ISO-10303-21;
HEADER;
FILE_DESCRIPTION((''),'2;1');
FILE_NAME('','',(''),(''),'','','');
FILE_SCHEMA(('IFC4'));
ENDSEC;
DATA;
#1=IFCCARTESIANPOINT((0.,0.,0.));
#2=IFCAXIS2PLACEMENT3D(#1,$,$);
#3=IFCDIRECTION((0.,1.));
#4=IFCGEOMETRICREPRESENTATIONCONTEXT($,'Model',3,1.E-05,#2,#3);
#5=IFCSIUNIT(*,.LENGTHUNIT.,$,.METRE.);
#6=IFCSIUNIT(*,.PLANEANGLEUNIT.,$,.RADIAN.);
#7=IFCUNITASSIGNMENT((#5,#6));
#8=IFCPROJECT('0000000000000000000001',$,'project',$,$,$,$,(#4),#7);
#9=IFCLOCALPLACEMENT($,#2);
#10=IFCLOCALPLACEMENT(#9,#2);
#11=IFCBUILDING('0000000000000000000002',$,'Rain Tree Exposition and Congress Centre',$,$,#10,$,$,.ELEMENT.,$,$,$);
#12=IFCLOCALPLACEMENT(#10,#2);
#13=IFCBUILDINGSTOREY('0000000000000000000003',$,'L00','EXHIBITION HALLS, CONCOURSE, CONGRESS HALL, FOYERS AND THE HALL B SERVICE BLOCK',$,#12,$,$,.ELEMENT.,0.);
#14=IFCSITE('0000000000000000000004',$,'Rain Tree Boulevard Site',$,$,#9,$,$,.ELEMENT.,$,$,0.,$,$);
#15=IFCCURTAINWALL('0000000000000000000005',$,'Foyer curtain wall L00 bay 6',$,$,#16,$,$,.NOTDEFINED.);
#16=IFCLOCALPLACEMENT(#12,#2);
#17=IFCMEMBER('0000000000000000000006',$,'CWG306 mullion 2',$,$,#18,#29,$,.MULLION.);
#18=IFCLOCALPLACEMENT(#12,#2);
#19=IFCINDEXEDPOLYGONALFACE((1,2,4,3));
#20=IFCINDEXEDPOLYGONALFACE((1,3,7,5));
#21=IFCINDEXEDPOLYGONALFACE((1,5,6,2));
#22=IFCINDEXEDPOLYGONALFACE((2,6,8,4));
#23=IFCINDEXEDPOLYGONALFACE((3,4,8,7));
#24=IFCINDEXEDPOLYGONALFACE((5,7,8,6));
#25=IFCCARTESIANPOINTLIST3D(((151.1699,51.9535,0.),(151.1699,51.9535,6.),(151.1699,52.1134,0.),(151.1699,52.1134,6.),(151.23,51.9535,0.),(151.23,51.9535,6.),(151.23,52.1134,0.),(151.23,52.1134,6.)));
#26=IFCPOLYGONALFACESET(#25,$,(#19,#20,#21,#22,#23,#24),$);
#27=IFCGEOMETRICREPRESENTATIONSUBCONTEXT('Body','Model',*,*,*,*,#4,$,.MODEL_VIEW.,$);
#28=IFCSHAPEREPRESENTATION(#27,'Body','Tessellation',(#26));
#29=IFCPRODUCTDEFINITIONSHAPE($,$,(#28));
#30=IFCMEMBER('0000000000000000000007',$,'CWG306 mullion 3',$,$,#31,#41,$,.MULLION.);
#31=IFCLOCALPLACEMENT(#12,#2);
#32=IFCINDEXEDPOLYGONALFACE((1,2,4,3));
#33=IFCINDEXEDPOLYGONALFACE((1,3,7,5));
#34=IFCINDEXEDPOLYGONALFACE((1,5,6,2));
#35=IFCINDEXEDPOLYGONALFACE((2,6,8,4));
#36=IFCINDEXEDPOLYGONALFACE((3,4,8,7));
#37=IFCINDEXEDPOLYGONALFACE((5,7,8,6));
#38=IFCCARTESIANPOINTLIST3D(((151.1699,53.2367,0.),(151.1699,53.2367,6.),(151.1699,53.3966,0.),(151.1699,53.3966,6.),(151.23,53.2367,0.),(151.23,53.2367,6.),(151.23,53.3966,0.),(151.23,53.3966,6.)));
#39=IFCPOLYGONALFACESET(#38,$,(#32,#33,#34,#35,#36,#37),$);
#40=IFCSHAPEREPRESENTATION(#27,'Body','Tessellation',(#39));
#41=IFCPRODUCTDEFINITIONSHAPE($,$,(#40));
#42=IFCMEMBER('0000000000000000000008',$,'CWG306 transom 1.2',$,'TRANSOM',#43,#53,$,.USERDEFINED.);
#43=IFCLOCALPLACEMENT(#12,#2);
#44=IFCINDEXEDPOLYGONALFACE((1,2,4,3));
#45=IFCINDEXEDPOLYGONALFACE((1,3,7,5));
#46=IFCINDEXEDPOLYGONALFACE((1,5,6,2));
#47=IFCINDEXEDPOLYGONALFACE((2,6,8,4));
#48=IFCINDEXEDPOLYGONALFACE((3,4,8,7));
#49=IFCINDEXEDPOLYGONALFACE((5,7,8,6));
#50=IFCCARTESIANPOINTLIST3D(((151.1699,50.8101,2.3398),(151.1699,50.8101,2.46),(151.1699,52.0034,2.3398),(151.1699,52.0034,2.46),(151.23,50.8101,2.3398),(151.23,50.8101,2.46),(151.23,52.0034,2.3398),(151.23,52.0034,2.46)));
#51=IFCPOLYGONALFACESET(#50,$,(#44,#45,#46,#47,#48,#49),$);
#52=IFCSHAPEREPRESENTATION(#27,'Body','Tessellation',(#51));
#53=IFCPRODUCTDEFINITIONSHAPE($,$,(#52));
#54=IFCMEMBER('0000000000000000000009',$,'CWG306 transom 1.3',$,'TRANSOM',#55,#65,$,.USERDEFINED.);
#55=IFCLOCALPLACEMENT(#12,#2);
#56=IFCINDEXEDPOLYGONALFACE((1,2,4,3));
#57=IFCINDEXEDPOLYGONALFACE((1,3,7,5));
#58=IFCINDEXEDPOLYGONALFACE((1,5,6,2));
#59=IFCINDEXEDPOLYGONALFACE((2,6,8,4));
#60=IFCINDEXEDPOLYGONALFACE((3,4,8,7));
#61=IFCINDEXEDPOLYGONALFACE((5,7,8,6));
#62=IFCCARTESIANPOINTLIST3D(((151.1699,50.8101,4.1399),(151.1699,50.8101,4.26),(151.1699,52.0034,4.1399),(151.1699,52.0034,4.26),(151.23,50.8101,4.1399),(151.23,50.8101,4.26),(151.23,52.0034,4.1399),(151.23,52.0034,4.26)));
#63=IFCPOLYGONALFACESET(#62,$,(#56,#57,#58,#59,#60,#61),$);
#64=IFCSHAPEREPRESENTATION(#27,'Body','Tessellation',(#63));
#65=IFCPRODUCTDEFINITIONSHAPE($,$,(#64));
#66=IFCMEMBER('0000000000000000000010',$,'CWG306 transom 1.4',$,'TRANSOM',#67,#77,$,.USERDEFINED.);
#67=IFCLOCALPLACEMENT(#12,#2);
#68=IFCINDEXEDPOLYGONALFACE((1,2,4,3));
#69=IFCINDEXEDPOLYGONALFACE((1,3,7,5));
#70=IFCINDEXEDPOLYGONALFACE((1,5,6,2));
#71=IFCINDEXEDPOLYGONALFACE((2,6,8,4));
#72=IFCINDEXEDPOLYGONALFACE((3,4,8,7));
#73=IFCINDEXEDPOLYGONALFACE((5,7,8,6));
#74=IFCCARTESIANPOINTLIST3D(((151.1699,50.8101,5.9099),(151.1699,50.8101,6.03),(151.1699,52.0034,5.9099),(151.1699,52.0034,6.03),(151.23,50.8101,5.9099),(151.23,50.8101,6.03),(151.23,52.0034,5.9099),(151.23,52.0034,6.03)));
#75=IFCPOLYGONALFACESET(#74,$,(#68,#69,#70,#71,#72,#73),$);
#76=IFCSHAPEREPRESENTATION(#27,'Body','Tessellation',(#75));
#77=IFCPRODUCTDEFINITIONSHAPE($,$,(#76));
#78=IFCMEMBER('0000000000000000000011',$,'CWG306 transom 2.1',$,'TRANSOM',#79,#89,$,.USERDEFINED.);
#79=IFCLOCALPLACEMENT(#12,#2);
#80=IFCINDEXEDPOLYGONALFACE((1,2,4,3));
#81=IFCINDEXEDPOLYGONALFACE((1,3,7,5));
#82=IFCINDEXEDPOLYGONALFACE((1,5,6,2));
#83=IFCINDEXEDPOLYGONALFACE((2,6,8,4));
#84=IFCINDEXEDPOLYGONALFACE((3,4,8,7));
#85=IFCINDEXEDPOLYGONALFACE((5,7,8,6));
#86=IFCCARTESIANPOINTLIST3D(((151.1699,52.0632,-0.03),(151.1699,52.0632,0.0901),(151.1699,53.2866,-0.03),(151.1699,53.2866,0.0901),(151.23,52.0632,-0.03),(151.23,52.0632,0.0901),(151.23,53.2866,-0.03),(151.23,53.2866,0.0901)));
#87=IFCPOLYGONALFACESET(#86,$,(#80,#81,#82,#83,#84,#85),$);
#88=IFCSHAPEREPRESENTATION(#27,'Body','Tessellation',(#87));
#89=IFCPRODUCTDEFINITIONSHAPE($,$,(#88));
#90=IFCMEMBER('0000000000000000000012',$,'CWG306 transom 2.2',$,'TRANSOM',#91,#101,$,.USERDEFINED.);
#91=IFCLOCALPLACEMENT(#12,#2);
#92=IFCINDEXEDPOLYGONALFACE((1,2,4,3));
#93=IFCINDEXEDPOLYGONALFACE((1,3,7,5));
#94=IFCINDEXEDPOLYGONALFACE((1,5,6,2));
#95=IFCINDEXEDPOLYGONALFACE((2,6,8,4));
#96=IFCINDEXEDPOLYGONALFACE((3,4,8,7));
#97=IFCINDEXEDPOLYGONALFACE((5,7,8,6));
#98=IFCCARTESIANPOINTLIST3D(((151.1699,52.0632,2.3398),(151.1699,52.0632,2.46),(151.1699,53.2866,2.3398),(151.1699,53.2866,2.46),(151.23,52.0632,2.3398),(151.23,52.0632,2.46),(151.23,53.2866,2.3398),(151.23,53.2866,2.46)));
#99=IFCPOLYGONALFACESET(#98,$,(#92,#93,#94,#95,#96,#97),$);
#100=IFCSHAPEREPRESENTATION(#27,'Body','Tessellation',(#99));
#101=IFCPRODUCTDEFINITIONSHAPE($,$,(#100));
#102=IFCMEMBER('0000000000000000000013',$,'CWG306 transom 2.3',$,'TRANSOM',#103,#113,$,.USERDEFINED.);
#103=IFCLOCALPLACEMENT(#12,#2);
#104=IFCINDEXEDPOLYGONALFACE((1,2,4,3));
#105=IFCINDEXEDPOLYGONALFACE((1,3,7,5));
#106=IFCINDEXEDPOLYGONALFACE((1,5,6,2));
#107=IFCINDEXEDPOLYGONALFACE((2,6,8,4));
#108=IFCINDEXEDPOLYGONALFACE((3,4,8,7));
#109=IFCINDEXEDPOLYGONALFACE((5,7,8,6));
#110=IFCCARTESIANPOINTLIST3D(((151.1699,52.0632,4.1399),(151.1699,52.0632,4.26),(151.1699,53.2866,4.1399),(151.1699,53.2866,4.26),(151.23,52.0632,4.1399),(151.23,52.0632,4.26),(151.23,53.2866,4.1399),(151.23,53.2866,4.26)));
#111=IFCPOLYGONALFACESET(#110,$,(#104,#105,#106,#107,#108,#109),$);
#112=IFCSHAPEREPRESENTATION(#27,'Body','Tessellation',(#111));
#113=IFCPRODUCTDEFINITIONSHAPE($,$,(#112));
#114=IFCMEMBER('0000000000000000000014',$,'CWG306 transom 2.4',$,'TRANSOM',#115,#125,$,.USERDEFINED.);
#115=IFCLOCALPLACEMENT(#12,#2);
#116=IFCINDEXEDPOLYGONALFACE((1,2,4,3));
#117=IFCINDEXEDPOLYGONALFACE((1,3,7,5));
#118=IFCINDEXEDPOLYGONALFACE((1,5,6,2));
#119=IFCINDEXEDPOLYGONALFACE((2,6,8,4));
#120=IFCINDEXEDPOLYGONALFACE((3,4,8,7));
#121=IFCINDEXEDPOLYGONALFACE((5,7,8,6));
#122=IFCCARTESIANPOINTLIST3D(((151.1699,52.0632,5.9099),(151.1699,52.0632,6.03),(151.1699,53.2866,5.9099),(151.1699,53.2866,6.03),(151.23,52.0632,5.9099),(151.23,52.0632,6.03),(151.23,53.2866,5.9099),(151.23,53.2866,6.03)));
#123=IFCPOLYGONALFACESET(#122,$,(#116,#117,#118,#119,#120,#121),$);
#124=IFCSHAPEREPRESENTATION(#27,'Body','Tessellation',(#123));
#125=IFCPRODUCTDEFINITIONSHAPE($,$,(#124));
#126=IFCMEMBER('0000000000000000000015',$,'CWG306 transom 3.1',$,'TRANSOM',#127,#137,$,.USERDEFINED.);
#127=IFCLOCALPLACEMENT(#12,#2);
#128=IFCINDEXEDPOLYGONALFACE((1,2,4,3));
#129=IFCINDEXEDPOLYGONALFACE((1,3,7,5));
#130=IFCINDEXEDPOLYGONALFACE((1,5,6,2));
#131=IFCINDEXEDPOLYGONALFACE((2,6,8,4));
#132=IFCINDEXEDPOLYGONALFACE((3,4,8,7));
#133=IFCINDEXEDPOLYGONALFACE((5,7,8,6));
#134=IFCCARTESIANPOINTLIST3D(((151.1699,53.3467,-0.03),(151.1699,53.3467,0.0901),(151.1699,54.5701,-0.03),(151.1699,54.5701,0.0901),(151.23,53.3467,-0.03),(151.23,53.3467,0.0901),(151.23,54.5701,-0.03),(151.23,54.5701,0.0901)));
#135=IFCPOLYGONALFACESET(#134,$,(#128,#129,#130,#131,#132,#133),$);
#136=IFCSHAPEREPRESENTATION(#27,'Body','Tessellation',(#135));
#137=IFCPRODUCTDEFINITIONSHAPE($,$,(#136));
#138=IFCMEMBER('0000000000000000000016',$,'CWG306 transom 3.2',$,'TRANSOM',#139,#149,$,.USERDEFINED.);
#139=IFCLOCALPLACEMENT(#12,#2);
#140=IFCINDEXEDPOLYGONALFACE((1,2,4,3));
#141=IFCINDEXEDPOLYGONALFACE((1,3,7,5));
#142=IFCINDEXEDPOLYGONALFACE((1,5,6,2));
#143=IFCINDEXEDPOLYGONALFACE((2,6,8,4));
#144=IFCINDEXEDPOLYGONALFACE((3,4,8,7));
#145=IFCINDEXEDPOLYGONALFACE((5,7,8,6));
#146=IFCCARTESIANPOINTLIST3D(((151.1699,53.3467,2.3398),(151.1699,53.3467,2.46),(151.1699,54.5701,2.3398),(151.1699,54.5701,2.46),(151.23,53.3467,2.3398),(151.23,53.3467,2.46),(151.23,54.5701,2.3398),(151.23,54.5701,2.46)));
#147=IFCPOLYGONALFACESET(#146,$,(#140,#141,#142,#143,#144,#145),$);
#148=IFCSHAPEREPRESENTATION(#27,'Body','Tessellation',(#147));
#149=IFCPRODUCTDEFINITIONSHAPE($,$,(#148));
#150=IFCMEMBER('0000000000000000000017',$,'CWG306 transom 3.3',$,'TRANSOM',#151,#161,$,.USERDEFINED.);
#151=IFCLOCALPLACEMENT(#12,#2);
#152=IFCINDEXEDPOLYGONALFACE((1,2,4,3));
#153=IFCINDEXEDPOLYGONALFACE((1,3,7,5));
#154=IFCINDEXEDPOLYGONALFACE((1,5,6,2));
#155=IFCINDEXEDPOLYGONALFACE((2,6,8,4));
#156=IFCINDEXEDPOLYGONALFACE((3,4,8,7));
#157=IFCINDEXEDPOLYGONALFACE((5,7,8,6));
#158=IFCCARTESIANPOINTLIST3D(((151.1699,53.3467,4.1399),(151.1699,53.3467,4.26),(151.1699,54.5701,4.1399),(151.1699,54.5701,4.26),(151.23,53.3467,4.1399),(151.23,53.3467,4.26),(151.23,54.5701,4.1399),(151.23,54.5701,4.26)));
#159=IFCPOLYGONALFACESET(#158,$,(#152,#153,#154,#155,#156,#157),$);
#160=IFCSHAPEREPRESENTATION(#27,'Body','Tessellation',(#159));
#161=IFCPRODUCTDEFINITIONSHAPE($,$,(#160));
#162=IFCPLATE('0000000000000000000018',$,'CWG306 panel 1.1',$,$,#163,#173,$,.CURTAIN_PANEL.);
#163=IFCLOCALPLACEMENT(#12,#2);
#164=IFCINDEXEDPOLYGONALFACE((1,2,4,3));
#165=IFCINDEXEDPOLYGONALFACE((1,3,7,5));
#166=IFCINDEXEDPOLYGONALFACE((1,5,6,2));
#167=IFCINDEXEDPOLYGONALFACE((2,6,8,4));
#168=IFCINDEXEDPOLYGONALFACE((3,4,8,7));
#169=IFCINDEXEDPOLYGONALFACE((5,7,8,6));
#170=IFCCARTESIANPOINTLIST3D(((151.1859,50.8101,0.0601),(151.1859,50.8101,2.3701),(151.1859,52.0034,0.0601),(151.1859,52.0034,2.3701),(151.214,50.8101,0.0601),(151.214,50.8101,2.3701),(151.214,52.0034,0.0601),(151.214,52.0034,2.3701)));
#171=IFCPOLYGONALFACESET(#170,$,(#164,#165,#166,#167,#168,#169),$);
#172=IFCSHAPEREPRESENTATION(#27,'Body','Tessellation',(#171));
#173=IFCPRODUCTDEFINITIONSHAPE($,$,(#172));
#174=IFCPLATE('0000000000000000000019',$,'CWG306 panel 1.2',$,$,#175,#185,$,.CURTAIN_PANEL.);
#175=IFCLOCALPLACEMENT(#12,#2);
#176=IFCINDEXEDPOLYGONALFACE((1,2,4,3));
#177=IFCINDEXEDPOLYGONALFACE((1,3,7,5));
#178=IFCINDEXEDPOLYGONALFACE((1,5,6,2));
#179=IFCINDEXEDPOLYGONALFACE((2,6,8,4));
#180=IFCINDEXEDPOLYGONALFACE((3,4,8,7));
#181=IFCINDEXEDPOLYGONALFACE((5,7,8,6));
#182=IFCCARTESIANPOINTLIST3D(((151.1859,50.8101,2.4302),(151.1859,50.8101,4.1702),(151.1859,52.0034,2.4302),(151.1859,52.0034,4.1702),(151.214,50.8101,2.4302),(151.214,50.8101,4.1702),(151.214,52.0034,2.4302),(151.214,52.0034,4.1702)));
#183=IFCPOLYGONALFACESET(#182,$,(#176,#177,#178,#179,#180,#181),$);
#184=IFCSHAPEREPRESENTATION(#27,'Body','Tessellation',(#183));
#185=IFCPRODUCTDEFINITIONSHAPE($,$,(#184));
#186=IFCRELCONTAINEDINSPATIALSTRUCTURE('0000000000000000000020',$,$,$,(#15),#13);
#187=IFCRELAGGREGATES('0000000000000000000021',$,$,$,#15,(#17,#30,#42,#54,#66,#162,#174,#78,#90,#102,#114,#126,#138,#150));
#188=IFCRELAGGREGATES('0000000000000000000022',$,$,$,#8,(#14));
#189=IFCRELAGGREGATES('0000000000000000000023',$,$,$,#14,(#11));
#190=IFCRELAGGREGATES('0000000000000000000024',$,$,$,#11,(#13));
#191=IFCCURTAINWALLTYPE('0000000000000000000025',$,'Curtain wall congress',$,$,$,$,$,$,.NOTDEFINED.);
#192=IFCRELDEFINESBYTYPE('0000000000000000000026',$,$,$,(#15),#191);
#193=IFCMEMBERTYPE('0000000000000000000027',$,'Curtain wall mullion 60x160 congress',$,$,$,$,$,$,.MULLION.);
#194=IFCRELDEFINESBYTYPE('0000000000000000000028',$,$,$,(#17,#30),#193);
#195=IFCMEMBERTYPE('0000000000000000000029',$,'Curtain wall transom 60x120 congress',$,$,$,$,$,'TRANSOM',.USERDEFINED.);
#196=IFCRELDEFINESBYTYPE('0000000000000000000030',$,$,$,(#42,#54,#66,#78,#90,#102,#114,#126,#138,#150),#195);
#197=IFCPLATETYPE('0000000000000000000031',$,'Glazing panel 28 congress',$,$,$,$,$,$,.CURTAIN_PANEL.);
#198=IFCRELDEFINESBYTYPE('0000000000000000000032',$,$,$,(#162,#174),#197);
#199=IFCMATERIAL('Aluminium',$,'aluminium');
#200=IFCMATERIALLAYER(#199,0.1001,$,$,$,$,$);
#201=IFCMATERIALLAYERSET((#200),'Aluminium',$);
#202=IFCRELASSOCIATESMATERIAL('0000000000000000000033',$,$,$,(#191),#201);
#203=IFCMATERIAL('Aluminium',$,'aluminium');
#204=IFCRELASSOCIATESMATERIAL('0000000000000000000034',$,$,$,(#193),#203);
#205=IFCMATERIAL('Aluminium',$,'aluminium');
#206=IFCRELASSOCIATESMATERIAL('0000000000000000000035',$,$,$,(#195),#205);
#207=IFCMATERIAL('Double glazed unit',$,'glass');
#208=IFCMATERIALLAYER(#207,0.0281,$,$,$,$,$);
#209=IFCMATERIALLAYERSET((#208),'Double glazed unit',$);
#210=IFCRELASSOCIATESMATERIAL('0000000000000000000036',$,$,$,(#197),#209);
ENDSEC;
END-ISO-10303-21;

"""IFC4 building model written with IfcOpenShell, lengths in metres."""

from ifc_helpers import new_model, si_unit, direction, frame, origin, origin_2d, place, context, subcontext, project, spatial, rectangle, extrude, material, layer, layer_set, material_profile, profile_set, type_object, element, aggregate, save


model = new_model("IFC4")

# Units and contexts
model_context = context("Model", 3, precision=1e-05, world=origin(), true_north=direction((0.0, 1.0)))
body_context = subcontext(model_context, "Body", "Model", "MODEL_VIEW")
ifc_project = project(units=[si_unit("LENGTHUNIT", "METRE"), si_unit("PLANEANGLEUNIT", "RADIAN")], contexts=[model_context])

# Site, building, storey
site_placement = place(None, origin())
site = spatial("IfcSite", under=ifc_project, at=site_placement, Name="Rain Tree Boulevard Site", CompositionType="ELEMENT", RefElevation=0.0)
building_placement = place(site_placement, origin())
building = spatial("IfcBuilding", under=site, at=building_placement, Name="Rain Tree Exposition and Congress Centre", CompositionType="ELEMENT")
storey_placement = place(building_placement, origin())
storey = spatial("IfcBuildingStorey", under=building, at=storey_placement, Name="L00", Description="EXHIBITION HALLS, CONCOURSE, CONGRESS HALL, FOYERS AND THE HALL B SERVICE BLOCK", CompositionType="ELEMENT", Elevation=0.0)

# Curtain wall, members, plates
ifc_material_1 = material(Name="Aluminium", Category="aluminium")
ifc_layer_1 = layer(ifc_material_1, 0.1001)
ifc_layer_set_1 = layer_set([ifc_layer_1], Name="Aluminium")
curtain_wall_type = type_object("IfcCurtainWallType", Name="Curtain wall congress", PredefinedType="NOTDEFINED", material=ifc_layer_set_1)
curtain_wall_placement = place(storey_placement, origin())
curtain_wall = element("IfcCurtainWall", 1, at=curtain_wall_placement, inside=storey, type_object=curtain_wall_type, Name="Foyer curtain wall L00 bay 6", PredefinedType="NOTDEFINED")
ifc_material_2 = material(Name="Aluminium", Category="aluminium")
ifc_material_profile_1 = material_profile(ifc_material_2, rectangle(XDim=0.0601, YDim=0.1599, at=origin_2d()), Name="AL 60x160")
ifc_profile_set_1 = profile_set([ifc_material_profile_1], Name="Aluminium")
member_type_1 = type_object("IfcMemberType", Name="Curtain wall mullion 60x160 congress", PredefinedType="MULLION", material=ifc_profile_set_1)
member_1_placement = place(storey_placement, frame((151.2, 52.0334, 0.0), z_axis=(0.0, 0.0, 1.0), x_axis=(-1.0, 0.0, 0.0)))
member_1 = element("IfcMember", 2, at=member_1_placement, type_object=member_type_1, Name="CWG306 mullion 2", PredefinedType="MULLION", context=body_context, shape_type="SweptSolid", body=[
    extrude(rectangle(XDim=0.0601, YDim=0.1599, at=origin_2d()), origin(), (0.0, 0.0, 1.0), 6.0),
])
member_2_placement = place(storey_placement, frame((151.2, 53.3167, 0.0), z_axis=(0.0, 0.0, 1.0), x_axis=(-1.0, 0.0, 0.0)))
member_2 = element("IfcMember", 3, at=member_2_placement, type_object=member_type_1, Name="CWG306 mullion 3", PredefinedType="MULLION", context=body_context, shape_type="SweptSolid", body=[
    extrude(rectangle(XDim=0.0601, YDim=0.1599, at=origin_2d()), origin(), (0.0, 0.0, 1.0), 6.0),
])
ifc_material_3 = material(Name="Aluminium", Category="aluminium")
ifc_material_profile_2 = material_profile(ifc_material_3, rectangle(XDim=0.0601, YDim=0.1201, at=origin_2d()), Name="AL 60x120")
ifc_profile_set_2 = profile_set([ifc_material_profile_2], Name="Aluminium")
member_type_2 = type_object("IfcMemberType", Name="Curtain wall transom 60x120 congress", ElementType="TRANSOM", PredefinedType="USERDEFINED", material=ifc_profile_set_2)
member_3_placement = place(storey_placement, frame((151.2, 50.8101, 2.3999), z_axis=(0.0, 1.0, 0.0), x_axis=(-1.0, 0.0, 0.0)))
member_3 = element("IfcMember", 4, at=member_3_placement, type_object=member_type_2, Name="CWG306 transom 1.2", ObjectType="TRANSOM", PredefinedType="USERDEFINED", context=body_context, shape_type="SweptSolid", body=[
    extrude(rectangle(XDim=0.0601, YDim=0.1201, at=origin_2d()), origin(), (0.0, 0.0, 1.0), 1.1934),
])
member_4_placement = place(storey_placement, frame((151.2, 50.8101, 4.2), z_axis=(0.0, 1.0, 0.0), x_axis=(-1.0, 0.0, 0.0)))
member_4 = element("IfcMember", 5, at=member_4_placement, type_object=member_type_2, Name="CWG306 transom 1.3", ObjectType="TRANSOM", PredefinedType="USERDEFINED", context=body_context, shape_type="SweptSolid", body=[
    extrude(rectangle(XDim=0.0601, YDim=0.1201, at=origin_2d()), origin(), (0.0, 0.0, 1.0), 1.1934),
])
member_5_placement = place(storey_placement, frame((151.2, 50.8101, 5.97), z_axis=(0.0, 1.0, 0.0), x_axis=(-1.0, 0.0, 0.0)))
member_5 = element("IfcMember", 6, at=member_5_placement, type_object=member_type_2, Name="CWG306 transom 1.4", ObjectType="TRANSOM", PredefinedType="USERDEFINED", context=body_context, shape_type="SweptSolid", body=[
    extrude(rectangle(XDim=0.0601, YDim=0.1201, at=origin_2d()), origin(), (0.0, 0.0, 1.0), 1.1934),
])
member_6_placement = place(storey_placement, frame((151.2, 52.0632, 0.03), z_axis=(0.0, 1.0, 0.0), x_axis=(-1.0, 0.0, 0.0)))
member_6 = element("IfcMember", 7, at=member_6_placement, type_object=member_type_2, Name="CWG306 transom 2.1", ObjectType="TRANSOM", PredefinedType="USERDEFINED", context=body_context, shape_type="SweptSolid", body=[
    extrude(rectangle(XDim=0.0601, YDim=0.1201, at=origin_2d()), origin(), (0.0, 0.0, 1.0), 1.2234),
])
member_7_placement = place(storey_placement, frame((151.2, 52.0632, 2.3999), z_axis=(0.0, 1.0, 0.0), x_axis=(-1.0, 0.0, 0.0)))
member_7 = element("IfcMember", 8, at=member_7_placement, type_object=member_type_2, Name="CWG306 transom 2.2", ObjectType="TRANSOM", PredefinedType="USERDEFINED", context=body_context, shape_type="SweptSolid", body=[
    extrude(rectangle(XDim=0.0601, YDim=0.1201, at=origin_2d()), origin(), (0.0, 0.0, 1.0), 1.2234),
])
member_8_placement = place(storey_placement, frame((151.2, 52.0632, 4.2), z_axis=(0.0, 1.0, 0.0), x_axis=(-1.0, 0.0, 0.0)))
member_8 = element("IfcMember", 9, at=member_8_placement, type_object=member_type_2, Name="CWG306 transom 2.3", ObjectType="TRANSOM", PredefinedType="USERDEFINED", context=body_context, shape_type="SweptSolid", body=[
    extrude(rectangle(XDim=0.0601, YDim=0.1201, at=origin_2d()), origin(), (0.0, 0.0, 1.0), 1.2234),
])
member_9_placement = place(storey_placement, frame((151.2, 52.0632, 5.97), z_axis=(0.0, 1.0, 0.0), x_axis=(-1.0, 0.0, 0.0)))
member_9 = element("IfcMember", 10, at=member_9_placement, type_object=member_type_2, Name="CWG306 transom 2.4", ObjectType="TRANSOM", PredefinedType="USERDEFINED", context=body_context, shape_type="SweptSolid", body=[
    extrude(rectangle(XDim=0.0601, YDim=0.1201, at=origin_2d()), origin(), (0.0, 0.0, 1.0), 1.2234),
])
member_10_placement = place(storey_placement, frame((151.2, 53.3467, 0.03), z_axis=(0.0, 1.0, 0.0), x_axis=(-1.0, 0.0, 0.0)))
member_10 = element("IfcMember", 11, at=member_10_placement, type_object=member_type_2, Name="CWG306 transom 3.1", ObjectType="TRANSOM", PredefinedType="USERDEFINED", context=body_context, shape_type="SweptSolid", body=[
    extrude(rectangle(XDim=0.0601, YDim=0.1201, at=origin_2d()), origin(), (0.0, 0.0, 1.0), 1.2234),
])
member_11_placement = place(storey_placement, frame((151.2, 53.3467, 2.3999), z_axis=(0.0, 1.0, 0.0), x_axis=(-1.0, 0.0, 0.0)))
member_11 = element("IfcMember", 12, at=member_11_placement, type_object=member_type_2, Name="CWG306 transom 3.2", ObjectType="TRANSOM", PredefinedType="USERDEFINED", context=body_context, shape_type="SweptSolid", body=[
    extrude(rectangle(XDim=0.0601, YDim=0.1201, at=origin_2d()), origin(), (0.0, 0.0, 1.0), 1.2234),
])
member_12_placement = place(storey_placement, frame((151.2, 53.3467, 4.2), z_axis=(0.0, 1.0, 0.0), x_axis=(-1.0, 0.0, 0.0)))
member_12 = element("IfcMember", 13, at=member_12_placement, type_object=member_type_2, Name="CWG306 transom 3.3", ObjectType="TRANSOM", PredefinedType="USERDEFINED", context=body_context, shape_type="SweptSolid", body=[
    extrude(rectangle(XDim=0.0601, YDim=0.1201, at=origin_2d()), origin(), (0.0, 0.0, 1.0), 1.2234),
])
ifc_material_4 = material(Name="Double glazed unit", Category="glass")
ifc_layer_2 = layer(ifc_material_4, 0.0281)
ifc_layer_set_2 = layer_set([ifc_layer_2], Name="Double glazed unit")
plate_type = type_object("IfcPlateType", Name="Glazing panel 28 congress", PredefinedType="CURTAIN_PANEL", material=ifc_layer_set_2)
plate_1_placement = place(storey_placement, frame((151.2, 51.4067, 0.0601), z_axis=(0.0, 0.0, 1.0), x_axis=(0.0, 1.0, 0.0)))
plate_1 = element("IfcPlate", 14, at=plate_1_placement, type_object=plate_type, Name="CWG306 panel 1.1", PredefinedType="CURTAIN_PANEL", context=body_context, shape_type="SweptSolid", body=[
    extrude(rectangle(XDim=1.1934, YDim=0.0281, at=origin_2d()), origin(), (0.0, 0.0, 1.0), 2.3101),
])
plate_2_placement = place(storey_placement, frame((151.2, 51.4067, 2.4302), z_axis=(0.0, 0.0, 1.0), x_axis=(0.0, 1.0, 0.0)))
plate_2 = element("IfcPlate", 15, at=plate_2_placement, type_object=plate_type, Name="CWG306 panel 1.2", PredefinedType="CURTAIN_PANEL", context=body_context, shape_type="SweptSolid", body=[
    extrude(rectangle(XDim=1.1934, YDim=0.0281, at=origin_2d()), origin(), (0.0, 0.0, 1.0), 1.74),
])
aggregate(curtain_wall, [member_1, member_2, member_3, member_4, member_5, plate_1, plate_2, member_6, member_7, member_8, member_9, member_10, member_11, member_12])

save(model, "model.ifc")
